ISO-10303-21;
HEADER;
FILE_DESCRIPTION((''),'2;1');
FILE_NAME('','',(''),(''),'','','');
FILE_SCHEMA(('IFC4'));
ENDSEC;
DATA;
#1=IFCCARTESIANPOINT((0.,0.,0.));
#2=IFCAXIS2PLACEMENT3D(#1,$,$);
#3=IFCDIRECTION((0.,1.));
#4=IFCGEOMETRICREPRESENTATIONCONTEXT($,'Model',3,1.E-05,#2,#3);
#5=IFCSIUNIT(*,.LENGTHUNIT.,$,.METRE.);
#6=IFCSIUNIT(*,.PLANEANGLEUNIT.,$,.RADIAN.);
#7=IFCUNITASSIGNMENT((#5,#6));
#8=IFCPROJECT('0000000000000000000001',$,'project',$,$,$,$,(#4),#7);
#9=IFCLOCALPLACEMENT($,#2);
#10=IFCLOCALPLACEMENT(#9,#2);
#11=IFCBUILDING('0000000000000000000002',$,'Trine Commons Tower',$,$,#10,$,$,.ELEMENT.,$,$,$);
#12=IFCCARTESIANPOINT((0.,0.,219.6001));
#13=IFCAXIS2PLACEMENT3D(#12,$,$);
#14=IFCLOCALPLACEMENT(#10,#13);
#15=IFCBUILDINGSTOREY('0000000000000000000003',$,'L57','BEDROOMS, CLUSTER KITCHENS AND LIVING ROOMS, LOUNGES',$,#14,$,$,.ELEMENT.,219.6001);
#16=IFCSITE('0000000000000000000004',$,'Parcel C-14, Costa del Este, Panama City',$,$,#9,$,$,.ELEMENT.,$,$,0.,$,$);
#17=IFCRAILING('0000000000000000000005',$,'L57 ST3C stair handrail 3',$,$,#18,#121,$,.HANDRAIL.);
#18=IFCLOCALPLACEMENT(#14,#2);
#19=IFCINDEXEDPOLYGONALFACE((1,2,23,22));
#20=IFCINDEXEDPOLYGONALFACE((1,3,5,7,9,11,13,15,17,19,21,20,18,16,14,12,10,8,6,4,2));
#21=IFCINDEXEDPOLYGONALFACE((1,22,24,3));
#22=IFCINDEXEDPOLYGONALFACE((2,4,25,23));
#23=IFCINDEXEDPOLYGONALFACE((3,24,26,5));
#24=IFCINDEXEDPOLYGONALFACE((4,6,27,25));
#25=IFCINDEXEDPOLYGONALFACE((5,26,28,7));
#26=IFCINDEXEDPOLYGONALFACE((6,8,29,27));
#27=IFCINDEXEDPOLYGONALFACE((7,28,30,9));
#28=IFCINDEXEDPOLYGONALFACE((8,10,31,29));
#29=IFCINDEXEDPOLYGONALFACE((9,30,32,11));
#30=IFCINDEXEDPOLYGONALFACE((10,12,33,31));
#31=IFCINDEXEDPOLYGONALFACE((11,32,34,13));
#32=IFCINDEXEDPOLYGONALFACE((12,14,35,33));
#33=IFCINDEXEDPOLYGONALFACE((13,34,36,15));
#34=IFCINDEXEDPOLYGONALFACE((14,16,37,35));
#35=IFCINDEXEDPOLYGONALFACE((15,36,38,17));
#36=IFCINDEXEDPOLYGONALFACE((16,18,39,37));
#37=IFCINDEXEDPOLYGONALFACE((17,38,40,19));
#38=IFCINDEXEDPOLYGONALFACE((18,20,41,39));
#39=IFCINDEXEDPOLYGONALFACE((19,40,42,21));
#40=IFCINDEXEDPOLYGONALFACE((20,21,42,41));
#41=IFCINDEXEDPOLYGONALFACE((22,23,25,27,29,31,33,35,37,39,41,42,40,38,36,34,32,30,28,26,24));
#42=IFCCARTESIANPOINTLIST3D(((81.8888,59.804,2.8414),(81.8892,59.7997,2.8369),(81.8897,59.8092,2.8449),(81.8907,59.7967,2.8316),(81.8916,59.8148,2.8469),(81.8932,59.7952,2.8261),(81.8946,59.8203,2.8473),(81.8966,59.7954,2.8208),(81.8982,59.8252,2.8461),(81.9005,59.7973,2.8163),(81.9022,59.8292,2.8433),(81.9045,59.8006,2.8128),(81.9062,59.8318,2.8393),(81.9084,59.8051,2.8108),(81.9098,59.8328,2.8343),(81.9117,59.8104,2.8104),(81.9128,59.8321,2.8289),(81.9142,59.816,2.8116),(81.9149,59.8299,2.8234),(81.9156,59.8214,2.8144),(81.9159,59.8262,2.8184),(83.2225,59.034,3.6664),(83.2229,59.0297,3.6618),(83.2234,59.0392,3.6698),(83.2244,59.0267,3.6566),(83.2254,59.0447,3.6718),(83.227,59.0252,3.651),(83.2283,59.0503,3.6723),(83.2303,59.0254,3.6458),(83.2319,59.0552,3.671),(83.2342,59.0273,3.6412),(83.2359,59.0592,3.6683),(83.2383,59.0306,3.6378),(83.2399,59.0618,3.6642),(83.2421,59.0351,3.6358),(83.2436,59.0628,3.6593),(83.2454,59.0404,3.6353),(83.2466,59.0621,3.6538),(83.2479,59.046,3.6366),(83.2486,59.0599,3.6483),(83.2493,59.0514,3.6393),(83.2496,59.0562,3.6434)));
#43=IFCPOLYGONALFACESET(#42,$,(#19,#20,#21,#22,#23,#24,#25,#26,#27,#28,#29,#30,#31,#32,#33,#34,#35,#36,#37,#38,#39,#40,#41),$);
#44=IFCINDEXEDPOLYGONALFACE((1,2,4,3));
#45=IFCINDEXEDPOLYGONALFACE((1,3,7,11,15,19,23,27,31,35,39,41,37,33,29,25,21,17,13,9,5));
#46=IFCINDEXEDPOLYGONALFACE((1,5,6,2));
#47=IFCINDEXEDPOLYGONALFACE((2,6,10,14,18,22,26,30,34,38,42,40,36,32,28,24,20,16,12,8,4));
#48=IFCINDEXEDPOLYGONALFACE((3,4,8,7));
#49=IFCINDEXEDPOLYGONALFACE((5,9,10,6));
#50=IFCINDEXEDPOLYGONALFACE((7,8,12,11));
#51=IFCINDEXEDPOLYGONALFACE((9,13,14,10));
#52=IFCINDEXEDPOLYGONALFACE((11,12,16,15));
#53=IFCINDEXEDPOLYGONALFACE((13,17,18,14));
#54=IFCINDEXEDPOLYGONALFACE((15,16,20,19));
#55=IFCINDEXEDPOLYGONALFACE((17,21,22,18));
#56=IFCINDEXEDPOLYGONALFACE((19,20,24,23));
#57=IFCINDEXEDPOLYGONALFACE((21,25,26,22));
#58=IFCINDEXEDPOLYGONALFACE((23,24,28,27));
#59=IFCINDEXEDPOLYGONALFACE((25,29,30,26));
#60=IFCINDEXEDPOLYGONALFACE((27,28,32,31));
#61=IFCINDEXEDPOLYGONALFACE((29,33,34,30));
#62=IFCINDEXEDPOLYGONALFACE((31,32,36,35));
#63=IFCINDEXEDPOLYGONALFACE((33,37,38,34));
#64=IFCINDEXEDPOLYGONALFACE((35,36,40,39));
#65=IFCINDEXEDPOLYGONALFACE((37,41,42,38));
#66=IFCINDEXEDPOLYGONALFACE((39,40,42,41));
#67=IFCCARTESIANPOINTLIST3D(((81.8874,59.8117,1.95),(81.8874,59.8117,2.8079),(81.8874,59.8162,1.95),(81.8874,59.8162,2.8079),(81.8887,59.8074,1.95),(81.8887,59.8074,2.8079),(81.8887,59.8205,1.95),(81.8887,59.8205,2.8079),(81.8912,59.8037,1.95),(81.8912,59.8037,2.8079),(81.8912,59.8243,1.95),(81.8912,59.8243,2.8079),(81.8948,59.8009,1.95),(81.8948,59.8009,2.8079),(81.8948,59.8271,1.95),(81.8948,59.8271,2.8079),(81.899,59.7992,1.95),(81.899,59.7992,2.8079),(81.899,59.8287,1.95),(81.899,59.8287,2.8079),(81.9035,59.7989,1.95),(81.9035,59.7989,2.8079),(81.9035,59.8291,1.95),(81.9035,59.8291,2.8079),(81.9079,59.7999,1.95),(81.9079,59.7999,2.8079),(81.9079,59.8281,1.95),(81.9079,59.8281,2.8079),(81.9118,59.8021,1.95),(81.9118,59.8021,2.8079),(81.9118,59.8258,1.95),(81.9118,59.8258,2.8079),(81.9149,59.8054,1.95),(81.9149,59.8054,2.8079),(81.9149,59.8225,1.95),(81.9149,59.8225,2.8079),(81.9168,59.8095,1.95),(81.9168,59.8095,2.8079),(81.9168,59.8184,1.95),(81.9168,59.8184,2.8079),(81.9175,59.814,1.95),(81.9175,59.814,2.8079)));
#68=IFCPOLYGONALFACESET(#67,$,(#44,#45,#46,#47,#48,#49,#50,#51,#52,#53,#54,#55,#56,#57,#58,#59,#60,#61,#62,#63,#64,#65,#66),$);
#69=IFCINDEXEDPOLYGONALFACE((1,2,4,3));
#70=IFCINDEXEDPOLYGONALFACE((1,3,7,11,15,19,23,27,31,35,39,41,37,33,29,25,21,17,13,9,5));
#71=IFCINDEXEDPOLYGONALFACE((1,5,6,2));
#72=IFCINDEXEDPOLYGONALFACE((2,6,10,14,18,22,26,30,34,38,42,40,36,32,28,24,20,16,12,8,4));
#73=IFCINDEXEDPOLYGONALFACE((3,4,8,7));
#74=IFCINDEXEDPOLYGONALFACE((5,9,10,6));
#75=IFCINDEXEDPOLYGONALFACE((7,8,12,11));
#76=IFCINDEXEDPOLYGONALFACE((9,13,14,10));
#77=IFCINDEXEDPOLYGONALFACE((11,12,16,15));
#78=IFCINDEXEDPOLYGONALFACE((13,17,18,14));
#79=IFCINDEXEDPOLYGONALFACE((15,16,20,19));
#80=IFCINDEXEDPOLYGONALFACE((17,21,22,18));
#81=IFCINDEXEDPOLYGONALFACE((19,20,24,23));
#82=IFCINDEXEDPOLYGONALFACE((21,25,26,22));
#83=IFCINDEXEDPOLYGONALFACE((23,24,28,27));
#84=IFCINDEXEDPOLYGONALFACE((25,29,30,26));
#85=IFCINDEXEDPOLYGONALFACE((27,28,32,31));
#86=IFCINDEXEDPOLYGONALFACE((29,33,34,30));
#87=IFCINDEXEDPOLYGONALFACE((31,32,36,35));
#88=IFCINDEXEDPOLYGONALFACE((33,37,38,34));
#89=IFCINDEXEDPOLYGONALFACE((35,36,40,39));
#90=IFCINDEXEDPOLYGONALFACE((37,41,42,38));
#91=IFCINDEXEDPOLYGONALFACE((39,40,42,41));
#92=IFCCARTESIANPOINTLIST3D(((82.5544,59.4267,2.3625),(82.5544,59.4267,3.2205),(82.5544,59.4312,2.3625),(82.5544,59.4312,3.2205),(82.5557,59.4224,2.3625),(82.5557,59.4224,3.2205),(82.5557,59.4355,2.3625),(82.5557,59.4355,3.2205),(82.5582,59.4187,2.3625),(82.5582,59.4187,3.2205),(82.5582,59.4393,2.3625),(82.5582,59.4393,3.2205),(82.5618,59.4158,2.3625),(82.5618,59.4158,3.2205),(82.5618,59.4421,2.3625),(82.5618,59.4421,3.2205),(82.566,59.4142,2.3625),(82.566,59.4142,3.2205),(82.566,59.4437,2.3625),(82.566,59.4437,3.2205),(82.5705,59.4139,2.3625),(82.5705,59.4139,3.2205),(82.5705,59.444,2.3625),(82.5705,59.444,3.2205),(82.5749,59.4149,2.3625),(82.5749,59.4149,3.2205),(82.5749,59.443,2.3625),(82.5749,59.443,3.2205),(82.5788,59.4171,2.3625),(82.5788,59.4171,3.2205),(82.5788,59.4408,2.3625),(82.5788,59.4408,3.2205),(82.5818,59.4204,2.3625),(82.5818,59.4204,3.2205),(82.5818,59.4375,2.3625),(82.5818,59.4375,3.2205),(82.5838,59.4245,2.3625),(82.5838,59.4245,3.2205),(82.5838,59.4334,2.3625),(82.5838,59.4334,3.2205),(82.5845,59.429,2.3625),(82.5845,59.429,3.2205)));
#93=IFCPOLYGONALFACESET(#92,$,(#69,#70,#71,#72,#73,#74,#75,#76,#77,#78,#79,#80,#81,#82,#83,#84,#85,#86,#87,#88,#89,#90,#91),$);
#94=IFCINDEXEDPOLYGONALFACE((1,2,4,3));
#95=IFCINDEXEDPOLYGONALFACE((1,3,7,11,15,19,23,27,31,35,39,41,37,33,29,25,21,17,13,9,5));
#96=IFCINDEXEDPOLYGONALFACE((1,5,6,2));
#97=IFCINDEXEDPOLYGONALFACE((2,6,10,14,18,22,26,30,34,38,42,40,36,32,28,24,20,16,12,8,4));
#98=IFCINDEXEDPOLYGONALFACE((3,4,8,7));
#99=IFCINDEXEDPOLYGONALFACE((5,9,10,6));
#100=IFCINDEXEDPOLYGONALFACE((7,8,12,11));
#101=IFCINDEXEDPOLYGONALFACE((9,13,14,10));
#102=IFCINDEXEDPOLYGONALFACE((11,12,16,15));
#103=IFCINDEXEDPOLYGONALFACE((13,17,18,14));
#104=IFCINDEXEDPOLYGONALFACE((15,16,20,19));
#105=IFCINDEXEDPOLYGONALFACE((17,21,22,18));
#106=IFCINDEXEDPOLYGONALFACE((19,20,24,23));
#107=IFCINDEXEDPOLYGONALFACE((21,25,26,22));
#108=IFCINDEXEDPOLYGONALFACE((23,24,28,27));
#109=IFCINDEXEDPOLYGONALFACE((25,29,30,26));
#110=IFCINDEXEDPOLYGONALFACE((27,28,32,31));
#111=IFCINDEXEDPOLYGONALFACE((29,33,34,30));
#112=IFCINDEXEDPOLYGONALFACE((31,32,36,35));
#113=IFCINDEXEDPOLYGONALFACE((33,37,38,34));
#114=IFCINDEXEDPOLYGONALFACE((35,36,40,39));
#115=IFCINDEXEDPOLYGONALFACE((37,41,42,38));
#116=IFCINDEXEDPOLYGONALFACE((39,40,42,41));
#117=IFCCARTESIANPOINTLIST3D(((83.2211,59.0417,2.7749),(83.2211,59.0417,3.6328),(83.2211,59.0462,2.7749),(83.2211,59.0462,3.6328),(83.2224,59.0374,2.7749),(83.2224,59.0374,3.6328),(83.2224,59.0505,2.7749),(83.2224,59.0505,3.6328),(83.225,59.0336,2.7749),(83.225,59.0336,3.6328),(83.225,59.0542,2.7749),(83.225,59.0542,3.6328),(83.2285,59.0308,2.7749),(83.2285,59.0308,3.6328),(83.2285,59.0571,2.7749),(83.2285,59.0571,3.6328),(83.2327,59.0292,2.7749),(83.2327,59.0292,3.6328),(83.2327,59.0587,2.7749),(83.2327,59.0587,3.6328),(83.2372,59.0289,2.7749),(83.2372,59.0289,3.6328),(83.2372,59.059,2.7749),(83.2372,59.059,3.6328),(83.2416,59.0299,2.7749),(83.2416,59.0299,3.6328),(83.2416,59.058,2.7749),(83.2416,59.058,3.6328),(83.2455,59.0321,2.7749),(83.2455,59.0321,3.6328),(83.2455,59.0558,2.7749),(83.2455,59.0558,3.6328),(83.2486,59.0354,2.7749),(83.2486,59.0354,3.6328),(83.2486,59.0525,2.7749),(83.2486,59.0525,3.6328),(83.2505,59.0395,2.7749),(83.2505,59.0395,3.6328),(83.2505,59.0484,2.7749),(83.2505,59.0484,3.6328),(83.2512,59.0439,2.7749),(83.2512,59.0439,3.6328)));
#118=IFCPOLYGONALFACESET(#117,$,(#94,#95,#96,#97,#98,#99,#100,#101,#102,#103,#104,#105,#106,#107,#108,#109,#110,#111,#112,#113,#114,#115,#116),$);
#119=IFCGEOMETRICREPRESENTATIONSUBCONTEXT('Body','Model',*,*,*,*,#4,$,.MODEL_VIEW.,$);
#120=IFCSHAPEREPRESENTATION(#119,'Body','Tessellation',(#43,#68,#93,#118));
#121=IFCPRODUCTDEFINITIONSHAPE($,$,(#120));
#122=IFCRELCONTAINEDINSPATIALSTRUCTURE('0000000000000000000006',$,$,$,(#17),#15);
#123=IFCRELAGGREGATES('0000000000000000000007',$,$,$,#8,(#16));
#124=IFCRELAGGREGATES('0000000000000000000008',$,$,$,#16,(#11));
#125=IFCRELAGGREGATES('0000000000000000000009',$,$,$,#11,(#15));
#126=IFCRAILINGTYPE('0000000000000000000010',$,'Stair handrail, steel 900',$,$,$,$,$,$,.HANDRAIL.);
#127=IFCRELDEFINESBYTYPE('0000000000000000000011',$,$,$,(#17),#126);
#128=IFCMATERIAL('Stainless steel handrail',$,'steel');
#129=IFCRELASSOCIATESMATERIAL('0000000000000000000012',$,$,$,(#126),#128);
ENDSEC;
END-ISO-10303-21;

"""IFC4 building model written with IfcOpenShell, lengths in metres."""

from ifc_helpers import new_model, si_unit, direction, frame, origin, origin_2d, place, context, subcontext, project, spatial, circle, extrude, material, type_object, element, save


model = new_model("IFC4")

# Units and contexts
model_context = context("Model", 3, precision=1e-05, world=origin(), true_north=direction((0.0, 1.0)))
body_context = subcontext(model_context, "Body", "Model", "MODEL_VIEW")
ifc_project = project(units=[si_unit("LENGTHUNIT", "METRE"), si_unit("PLANEANGLEUNIT", "RADIAN")], contexts=[model_context])

# Site, building, storey
site_placement = place(None, origin())
site = spatial("IfcSite", under=ifc_project, at=site_placement, Name="Parcel C-14, Costa del Este, Panama City", CompositionType="ELEMENT", RefElevation=0.0)
building_placement = place(site_placement, origin())
building = spatial("IfcBuilding", under=site, at=building_placement, Name="Trine Commons Tower", CompositionType="ELEMENT")
storey_placement = place(building_placement, frame((0.0, 0.0, 219.6001)))
storey = spatial("IfcBuildingStorey", under=building, at=storey_placement, Name="L57", Description="BEDROOMS, CLUSTER KITCHENS AND LIVING ROOMS, LOUNGES", CompositionType="ELEMENT", Elevation=219.6001)

# Railing
ifc_material_1 = material(Name="Stainless steel handrail", Category="steel")
railing_type_1 = type_object("IfcRailingType", Name="Stair handrail, steel 900", PredefinedType="HANDRAIL", material=ifc_material_1)
for number, where, name in (
    (1, (81.9023, 59.814, 1.95), "L57 ST3C stair handrail 3"),
):
    element("IfcRailing", number, at=place(storey_placement, frame(where)), inside=storey, type_object=railing_type_1, Name=name, PredefinedType="HANDRAIL", context=body_context, shape_type="SweptSolid", body=[
        extrude(circle(Radius=0.021, at=origin_2d()), frame((0.0, 0.0, 0.8789), z_axis=(0.763405, -0.440743, 0.472185), x_axis=(0.499992, 0.86603, 0.0)), (0.0, 0.0, 1.0), 1.7471),
        extrude(circle(Radius=0.0151, at=origin_2d()), origin(), (0.0, 0.0, 1.0), 0.8579),
        extrude(circle(Radius=0.0151, at=origin_2d()), frame((0.667, -0.385, 0.4126)), (0.0, 0.0, 1.0), 0.8579),
        extrude(circle(Radius=0.0151, at=origin_2d()), frame((1.3337, -0.77, 0.825)), (0.0, 0.0, 1.0), 0.8579),
    ])

save(model, "model.ifc")
